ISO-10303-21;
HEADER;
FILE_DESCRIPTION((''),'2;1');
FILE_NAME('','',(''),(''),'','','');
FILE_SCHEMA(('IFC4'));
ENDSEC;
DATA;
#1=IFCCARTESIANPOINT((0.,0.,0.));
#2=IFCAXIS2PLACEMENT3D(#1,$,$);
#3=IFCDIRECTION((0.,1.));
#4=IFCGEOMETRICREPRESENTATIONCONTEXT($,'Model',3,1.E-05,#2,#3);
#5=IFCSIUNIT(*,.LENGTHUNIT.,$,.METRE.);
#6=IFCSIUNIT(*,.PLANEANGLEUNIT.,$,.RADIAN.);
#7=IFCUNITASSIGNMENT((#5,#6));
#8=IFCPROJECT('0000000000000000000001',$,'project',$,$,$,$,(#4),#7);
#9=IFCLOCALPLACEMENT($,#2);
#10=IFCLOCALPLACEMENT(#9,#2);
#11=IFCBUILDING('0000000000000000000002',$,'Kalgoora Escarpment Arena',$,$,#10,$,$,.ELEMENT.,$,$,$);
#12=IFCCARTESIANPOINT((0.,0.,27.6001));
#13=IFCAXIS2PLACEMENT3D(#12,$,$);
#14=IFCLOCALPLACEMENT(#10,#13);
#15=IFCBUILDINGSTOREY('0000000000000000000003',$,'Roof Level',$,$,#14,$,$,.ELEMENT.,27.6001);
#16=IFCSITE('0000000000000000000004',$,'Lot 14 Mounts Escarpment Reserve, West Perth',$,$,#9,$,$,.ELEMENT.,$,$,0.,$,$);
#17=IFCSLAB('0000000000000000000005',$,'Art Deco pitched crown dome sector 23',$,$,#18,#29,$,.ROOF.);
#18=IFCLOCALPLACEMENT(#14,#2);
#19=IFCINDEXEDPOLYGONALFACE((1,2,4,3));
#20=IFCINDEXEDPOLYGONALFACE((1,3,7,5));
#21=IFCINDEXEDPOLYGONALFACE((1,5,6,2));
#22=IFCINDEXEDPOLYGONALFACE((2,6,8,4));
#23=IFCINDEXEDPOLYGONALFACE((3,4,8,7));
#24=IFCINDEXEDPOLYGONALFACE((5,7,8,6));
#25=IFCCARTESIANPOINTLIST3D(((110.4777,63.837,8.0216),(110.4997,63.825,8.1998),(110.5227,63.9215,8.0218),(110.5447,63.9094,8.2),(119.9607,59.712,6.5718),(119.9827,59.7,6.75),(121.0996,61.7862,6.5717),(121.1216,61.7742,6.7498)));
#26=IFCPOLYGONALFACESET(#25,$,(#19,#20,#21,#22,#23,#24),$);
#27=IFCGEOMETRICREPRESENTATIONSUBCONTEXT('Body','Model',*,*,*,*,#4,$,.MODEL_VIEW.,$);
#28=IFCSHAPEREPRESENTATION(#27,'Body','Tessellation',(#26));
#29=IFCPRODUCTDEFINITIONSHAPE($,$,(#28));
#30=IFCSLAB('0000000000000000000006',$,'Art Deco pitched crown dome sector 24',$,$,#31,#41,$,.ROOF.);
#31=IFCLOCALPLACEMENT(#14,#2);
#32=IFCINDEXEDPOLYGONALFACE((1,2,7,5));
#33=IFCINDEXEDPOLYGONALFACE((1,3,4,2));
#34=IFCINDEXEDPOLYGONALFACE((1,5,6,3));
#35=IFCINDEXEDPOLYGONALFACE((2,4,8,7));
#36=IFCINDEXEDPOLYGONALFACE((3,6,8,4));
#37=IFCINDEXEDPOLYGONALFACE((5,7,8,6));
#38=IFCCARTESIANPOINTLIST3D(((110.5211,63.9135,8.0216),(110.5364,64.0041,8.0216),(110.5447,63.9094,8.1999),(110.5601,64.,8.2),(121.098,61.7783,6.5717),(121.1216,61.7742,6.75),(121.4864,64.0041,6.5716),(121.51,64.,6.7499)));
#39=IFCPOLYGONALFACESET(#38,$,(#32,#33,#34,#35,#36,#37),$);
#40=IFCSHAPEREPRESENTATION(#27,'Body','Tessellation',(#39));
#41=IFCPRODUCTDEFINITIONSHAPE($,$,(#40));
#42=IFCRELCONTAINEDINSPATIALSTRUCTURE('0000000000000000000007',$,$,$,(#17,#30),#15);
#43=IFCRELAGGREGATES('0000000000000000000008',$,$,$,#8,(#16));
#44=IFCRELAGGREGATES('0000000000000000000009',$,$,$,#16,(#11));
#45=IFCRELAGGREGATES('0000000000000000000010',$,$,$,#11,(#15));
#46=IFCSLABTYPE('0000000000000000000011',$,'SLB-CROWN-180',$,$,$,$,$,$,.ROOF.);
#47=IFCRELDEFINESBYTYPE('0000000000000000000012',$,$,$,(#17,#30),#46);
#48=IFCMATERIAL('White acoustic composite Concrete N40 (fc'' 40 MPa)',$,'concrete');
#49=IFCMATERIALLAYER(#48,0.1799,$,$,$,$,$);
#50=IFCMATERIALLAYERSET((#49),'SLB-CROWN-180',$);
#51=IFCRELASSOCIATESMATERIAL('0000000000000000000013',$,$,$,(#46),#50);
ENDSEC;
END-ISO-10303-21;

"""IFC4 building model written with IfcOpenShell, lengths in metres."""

from ifc_helpers import new_model, si_unit, direction, frame, origin, place, context, subcontext, project, spatial, polyline, outline, extrude, material, layer, layer_set, type_object, element, save


model = new_model("IFC4")

# Units and contexts
model_context = context("Model", 3, precision=1e-05, world=origin(), true_north=direction((0.0, 1.0)))
body_context = subcontext(model_context, "Body", "Model", "MODEL_VIEW")
ifc_project = project(units=[si_unit("LENGTHUNIT", "METRE"), si_unit("PLANEANGLEUNIT", "RADIAN")], contexts=[model_context])

# Site, building, storey
site_placement = place(None, origin())
site = spatial("IfcSite", under=ifc_project, at=site_placement, Name="Lot 14 Mounts Escarpment Reserve, West Perth", CompositionType="ELEMENT", RefElevation=0.0)
building_placement = place(site_placement, origin())
building = spatial("IfcBuilding", under=site, at=building_placement, Name="Kalgoora Escarpment Arena", CompositionType="ELEMENT")
storey_placement = place(building_placement, frame((0.0, 0.0, 27.6001)))
storey = spatial("IfcBuildingStorey", under=building, at=storey_placement, Name="Roof Level", CompositionType="ELEMENT", Elevation=27.6001)

# Slabs
ifc_material_1 = material(Name="White acoustic composite Concrete N40 (fc' 40 MPa)", Category="concrete")
ifc_layer_1 = layer(ifc_material_1, 0.1799)
ifc_layer_set_1 = layer_set([ifc_layer_1], Name="SLB-CROWN-180")
slab_type = type_object("IfcSlabType", Name="SLB-CROWN-180", PredefinedType="ROOF", material=ifc_layer_set_1)
slab_1_placement = place(storey_placement, frame((119.9827, 59.7, 6.75), z_axis=(0.122232, -0.067033, 0.990235), x_axis=(0.481292, 0.87656, -0.000072)))
element("IfcSlab", 1, at=slab_1_placement, inside=storey, type_object=slab_type, Name="Art Deco pitched crown dome sector 23", PredefinedType="ROOF", context=body_context, shape_type="SweptSolid", body=[
    extrude(outline(polyline([(0.0, 0.0), (2.3663, 0.0), (-0.8527, 10.4005), (-0.9483, 10.3992), (0.0, 0.0)])), origin(), (0.0, 0.0, -1.0), 0.1799),
])
slab_2_placement = place(storey_placement, frame((121.1216, 61.7742, 6.75), z_axis=(0.131241, -0.022879, 0.991086), x_axis=(0.171908, 0.985113, -0.000024)))
element("IfcSlab", 2, at=slab_2_placement, inside=storey, type_object=slab_type, Name="Art Deco pitched crown dome sector 24", PredefinedType="ROOF", context=body_context, shape_type="SweptSolid", body=[
    extrude(outline(polyline([(0.0, 0.0), (2.2595, 0.0), (0.377, 10.8839), (0.2852, 10.8835), (0.0, 0.0)])), origin(), (0.0, 0.0, -1.0), 0.1799),
])

save(model, "model.ifc")
